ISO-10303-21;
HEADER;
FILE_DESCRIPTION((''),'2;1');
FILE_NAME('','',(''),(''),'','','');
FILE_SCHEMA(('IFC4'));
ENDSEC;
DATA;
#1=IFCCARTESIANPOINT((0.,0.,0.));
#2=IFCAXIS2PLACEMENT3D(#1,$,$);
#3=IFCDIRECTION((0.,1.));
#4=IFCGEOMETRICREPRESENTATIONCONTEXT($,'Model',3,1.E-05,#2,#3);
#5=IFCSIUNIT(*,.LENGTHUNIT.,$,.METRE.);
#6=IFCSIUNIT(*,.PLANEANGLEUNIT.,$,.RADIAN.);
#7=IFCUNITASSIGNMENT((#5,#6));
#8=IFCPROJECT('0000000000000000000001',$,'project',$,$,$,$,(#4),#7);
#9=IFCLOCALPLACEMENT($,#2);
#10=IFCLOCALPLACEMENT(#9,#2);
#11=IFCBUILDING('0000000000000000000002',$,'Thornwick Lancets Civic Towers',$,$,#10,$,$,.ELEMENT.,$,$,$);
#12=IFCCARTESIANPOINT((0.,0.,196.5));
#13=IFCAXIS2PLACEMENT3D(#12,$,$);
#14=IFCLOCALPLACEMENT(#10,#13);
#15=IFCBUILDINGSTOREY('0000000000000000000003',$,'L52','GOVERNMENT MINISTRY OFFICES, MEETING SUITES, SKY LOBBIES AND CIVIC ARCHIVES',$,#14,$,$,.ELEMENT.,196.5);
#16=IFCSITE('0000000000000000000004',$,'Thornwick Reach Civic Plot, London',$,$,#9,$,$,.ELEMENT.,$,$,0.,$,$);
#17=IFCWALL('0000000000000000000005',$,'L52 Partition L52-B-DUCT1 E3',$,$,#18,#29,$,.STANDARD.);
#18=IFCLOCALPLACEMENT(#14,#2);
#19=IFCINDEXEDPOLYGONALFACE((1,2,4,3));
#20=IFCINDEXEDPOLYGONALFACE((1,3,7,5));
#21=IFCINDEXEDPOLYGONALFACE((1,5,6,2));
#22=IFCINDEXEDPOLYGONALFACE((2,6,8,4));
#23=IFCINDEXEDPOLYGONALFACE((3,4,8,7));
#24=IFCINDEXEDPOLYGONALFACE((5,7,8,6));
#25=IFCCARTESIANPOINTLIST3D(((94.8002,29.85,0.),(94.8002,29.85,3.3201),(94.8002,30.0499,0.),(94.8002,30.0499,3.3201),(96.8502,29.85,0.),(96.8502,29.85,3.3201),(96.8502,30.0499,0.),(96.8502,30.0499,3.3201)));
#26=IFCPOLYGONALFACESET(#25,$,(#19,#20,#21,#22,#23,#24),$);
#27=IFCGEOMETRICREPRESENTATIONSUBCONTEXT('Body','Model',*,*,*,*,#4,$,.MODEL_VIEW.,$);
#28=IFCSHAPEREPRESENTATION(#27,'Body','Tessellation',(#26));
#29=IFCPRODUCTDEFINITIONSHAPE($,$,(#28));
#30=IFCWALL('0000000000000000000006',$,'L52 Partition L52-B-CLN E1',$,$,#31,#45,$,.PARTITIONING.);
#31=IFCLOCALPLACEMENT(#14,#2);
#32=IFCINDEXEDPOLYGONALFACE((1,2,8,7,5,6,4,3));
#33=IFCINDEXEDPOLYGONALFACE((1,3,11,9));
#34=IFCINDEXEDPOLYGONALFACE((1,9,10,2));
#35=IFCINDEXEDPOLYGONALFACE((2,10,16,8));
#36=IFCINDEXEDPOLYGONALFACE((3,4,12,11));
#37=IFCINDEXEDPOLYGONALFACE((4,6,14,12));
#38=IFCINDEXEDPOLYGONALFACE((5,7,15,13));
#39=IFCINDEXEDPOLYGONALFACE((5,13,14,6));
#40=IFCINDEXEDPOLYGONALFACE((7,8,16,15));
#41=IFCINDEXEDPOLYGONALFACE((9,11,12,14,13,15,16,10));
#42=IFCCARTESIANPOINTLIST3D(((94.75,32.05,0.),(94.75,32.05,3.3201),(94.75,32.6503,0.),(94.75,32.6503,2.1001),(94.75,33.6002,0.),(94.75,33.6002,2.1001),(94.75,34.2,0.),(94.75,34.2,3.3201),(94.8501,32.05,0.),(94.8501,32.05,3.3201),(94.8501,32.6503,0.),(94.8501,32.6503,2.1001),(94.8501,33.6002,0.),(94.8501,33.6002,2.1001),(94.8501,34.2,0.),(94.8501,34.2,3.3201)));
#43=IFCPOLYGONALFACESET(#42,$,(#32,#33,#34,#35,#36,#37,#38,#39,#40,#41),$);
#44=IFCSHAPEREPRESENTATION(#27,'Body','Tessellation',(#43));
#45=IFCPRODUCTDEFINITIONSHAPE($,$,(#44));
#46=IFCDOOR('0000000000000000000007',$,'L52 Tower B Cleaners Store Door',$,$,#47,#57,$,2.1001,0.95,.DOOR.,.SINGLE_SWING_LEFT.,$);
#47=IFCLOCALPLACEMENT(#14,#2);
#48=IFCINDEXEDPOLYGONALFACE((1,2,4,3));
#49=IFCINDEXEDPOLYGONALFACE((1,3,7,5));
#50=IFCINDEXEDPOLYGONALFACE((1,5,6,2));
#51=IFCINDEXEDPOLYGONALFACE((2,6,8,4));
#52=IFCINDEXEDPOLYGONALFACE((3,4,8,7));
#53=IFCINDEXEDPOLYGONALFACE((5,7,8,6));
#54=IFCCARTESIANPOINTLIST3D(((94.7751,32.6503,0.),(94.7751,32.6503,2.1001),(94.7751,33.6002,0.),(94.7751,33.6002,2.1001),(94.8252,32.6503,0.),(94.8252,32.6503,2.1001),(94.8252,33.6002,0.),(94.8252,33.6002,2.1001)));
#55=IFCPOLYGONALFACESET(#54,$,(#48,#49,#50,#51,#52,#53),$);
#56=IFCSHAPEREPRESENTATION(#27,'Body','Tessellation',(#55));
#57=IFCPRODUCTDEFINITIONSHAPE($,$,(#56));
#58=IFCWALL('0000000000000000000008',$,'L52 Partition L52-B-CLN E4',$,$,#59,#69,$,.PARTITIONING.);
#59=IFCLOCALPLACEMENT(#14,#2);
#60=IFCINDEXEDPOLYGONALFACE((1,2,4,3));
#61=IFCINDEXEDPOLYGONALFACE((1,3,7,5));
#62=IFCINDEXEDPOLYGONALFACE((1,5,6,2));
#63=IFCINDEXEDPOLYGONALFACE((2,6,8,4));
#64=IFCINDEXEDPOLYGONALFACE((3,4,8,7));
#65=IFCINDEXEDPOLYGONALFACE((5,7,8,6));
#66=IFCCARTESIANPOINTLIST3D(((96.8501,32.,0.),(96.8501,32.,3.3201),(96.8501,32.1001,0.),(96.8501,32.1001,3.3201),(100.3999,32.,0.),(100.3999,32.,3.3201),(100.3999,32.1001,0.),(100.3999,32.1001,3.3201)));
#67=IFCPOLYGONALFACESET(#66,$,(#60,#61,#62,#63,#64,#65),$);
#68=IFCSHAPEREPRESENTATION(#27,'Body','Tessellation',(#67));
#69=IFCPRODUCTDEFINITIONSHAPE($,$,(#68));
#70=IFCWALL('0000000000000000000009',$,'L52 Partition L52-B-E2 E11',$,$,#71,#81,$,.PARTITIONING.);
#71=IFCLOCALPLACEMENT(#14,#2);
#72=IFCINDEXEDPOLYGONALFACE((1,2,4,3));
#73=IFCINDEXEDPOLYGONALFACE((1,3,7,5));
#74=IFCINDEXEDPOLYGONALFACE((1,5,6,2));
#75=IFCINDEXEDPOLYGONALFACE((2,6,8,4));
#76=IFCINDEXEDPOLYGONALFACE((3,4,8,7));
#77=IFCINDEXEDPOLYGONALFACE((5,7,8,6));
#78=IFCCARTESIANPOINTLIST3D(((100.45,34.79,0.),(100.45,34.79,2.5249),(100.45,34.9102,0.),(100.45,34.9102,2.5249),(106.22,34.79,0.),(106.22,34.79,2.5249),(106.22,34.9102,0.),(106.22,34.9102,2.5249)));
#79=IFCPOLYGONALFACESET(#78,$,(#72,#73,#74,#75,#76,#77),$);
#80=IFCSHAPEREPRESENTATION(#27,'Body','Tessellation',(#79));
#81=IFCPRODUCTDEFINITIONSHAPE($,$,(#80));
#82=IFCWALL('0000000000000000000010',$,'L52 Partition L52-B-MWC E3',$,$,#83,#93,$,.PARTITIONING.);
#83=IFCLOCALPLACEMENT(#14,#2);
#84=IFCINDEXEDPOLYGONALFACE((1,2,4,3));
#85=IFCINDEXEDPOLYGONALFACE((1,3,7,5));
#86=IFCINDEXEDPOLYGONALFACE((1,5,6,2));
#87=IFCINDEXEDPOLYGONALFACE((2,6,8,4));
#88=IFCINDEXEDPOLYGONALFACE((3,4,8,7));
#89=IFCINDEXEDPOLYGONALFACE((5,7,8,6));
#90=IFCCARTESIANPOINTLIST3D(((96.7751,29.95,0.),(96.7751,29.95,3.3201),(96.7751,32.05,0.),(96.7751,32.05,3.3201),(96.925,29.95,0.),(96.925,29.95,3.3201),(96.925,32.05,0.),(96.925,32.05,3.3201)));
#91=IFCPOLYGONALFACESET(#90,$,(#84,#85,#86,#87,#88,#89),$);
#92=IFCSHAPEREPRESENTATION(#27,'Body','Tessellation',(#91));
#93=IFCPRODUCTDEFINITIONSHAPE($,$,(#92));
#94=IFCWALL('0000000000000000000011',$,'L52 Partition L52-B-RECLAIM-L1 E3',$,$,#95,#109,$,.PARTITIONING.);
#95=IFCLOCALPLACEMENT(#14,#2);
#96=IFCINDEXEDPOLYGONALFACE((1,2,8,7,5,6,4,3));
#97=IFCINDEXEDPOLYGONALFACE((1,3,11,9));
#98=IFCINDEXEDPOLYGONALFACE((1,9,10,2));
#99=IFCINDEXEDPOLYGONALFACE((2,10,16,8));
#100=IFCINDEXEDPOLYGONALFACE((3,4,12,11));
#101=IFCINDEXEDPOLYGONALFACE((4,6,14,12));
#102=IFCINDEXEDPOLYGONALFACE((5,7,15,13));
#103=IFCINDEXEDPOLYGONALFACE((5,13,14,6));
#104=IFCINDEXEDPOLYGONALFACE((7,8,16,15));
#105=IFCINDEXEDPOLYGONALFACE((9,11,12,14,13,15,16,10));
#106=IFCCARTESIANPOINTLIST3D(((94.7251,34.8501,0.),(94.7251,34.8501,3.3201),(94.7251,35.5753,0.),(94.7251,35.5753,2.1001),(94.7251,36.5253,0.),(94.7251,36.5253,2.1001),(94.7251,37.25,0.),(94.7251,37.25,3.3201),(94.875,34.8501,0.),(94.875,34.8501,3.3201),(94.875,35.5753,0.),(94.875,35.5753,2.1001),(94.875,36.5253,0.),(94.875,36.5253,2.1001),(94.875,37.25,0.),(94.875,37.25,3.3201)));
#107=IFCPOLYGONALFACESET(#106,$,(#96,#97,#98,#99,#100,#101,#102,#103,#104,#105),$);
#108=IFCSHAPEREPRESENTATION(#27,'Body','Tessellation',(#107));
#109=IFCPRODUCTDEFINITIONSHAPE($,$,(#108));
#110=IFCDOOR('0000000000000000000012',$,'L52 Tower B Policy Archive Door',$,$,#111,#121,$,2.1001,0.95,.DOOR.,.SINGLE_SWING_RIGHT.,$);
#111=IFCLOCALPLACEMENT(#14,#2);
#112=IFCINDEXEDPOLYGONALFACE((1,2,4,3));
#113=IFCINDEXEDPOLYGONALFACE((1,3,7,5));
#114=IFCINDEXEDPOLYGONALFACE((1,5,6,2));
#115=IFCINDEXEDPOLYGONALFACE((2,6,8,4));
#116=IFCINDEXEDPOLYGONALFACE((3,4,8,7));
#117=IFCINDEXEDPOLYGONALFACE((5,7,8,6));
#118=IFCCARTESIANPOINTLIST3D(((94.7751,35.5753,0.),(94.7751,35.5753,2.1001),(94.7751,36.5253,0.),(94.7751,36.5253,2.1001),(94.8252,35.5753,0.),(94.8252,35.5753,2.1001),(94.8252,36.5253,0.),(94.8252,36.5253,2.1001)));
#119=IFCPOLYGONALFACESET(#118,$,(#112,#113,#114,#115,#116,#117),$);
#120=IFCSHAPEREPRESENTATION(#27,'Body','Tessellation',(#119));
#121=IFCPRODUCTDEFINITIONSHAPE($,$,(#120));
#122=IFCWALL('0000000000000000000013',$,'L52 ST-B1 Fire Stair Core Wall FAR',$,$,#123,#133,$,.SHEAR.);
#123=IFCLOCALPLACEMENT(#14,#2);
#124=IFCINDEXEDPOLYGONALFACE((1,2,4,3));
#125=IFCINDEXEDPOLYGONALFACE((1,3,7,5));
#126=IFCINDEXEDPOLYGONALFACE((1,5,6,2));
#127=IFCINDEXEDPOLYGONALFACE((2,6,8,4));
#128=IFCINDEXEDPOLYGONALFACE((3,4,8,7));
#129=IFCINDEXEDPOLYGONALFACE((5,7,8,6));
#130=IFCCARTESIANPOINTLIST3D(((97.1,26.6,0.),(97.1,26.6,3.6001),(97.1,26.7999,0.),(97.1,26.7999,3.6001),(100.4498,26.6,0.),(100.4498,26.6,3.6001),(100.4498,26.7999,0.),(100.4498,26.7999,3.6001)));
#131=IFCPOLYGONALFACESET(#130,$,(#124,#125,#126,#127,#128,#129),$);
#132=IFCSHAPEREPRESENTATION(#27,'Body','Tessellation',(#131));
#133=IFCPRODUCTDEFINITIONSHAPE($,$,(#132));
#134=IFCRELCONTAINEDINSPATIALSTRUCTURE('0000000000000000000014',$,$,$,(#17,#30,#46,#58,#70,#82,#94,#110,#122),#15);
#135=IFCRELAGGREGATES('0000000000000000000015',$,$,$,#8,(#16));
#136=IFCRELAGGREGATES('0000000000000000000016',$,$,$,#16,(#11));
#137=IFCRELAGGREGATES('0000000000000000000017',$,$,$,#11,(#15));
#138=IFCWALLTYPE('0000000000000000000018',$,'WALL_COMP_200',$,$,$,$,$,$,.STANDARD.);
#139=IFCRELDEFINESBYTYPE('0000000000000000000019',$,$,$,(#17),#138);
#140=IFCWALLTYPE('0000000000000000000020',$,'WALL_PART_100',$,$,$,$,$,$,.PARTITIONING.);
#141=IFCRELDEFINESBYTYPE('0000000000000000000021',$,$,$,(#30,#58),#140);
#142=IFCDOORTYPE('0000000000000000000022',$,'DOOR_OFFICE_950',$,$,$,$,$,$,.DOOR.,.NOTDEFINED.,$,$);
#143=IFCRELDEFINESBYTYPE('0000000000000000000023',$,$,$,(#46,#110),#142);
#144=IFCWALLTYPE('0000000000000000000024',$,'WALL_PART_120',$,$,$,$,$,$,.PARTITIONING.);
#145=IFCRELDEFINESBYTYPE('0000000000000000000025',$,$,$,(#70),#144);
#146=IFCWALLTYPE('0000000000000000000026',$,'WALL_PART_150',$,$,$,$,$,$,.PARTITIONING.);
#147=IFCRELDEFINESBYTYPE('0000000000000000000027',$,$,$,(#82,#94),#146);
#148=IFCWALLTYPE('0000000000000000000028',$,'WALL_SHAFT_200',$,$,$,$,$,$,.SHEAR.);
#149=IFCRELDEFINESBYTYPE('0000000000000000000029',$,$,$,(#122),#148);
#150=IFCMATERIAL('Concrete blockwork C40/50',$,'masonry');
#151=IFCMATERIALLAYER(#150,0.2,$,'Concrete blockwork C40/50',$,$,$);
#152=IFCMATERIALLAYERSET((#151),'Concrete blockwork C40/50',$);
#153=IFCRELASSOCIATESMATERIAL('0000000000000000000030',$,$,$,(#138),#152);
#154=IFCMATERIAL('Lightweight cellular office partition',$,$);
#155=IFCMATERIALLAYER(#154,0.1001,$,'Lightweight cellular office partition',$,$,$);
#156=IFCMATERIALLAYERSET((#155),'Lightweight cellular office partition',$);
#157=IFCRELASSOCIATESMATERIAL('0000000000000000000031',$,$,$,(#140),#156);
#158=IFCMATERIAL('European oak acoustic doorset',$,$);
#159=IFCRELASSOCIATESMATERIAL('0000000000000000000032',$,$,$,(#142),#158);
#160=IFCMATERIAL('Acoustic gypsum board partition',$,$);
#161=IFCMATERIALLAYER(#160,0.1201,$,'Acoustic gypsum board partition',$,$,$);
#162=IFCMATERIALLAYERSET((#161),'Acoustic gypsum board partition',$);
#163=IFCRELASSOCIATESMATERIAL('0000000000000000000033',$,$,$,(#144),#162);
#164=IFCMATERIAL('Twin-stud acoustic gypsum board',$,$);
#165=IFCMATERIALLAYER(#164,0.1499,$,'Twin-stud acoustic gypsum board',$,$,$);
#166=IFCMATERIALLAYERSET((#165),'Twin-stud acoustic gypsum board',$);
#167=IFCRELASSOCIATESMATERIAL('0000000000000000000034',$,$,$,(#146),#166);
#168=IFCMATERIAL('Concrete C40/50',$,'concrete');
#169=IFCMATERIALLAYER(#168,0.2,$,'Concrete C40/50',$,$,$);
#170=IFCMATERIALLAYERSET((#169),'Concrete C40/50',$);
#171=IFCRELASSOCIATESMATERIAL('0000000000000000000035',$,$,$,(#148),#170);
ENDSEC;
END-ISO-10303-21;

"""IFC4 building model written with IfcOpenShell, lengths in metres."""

from ifc_helpers import new_model, si_unit, direction, frame, frame_2d, origin, place, context, subcontext, project, spatial, rectangle, extrude, material, layer, layer_set, type_object, element, fill, save


model = new_model("IFC4")

# Units and contexts
model_context = context("Model", 3, precision=1e-05, world=origin(), true_north=direction((0.0, 1.0)))
body_context = subcontext(model_context, "Body", "Model", "MODEL_VIEW")
ifc_project = project(units=[si_unit("LENGTHUNIT", "METRE"), si_unit("PLANEANGLEUNIT", "RADIAN")], contexts=[model_context])

# Site, building, storey
site_placement = place(None, origin())
site = spatial("IfcSite", under=ifc_project, at=site_placement, Name="Thornwick Reach Civic Plot, London", CompositionType="ELEMENT", RefElevation=0.0)
building_placement = place(site_placement, origin())
building = spatial("IfcBuilding", under=site, at=building_placement, Name="Thornwick Lancets Civic Towers", CompositionType="ELEMENT")
storey_placement = place(building_placement, frame((0.0, 0.0, 196.5)))
storey = spatial("IfcBuildingStorey", under=building, at=storey_placement, Name="L52", Description="GOVERNMENT MINISTRY OFFICES, MEETING SUITES, SKY LOBBIES AND CIVIC ARCHIVES", CompositionType="ELEMENT", Elevation=196.5)

# Shared definitions
ifc_material_1 = material(Name="Concrete blockwork C40/50", Category="masonry")
ifc_layer_1 = layer(ifc_material_1, 0.2, Name="Concrete blockwork C40/50")
ifc_layer_set_1 = layer_set([ifc_layer_1], Name="Concrete blockwork C40/50")
wall_type_1 = type_object("IfcWallType", Name="WALL_COMP_200", PredefinedType="STANDARD", material=ifc_layer_set_1)

# Wall
wall_1_placement = place(storey_placement, frame((96.8501, 29.95, 0.0), z_axis=(0.0, 0.0, 1.0), x_axis=(-1.0, 0.0, 0.0)))
element("IfcWall", 1, at=wall_1_placement, inside=storey, type_object=wall_type_1, Name="L52 Partition L52-B-DUCT1 E3", PredefinedType="STANDARD", context=body_context, shape_type="SweptSolid", body=[
    extrude(rectangle(XDim=2.05, YDim=0.2, at=frame_2d((1.0249, 0.0))), origin(), (0.0, 0.0, 1.0), 3.3201),
])

# Wall, opening, door
ifc_material_2 = material(Name="Lightweight cellular office partition")
ifc_layer_2 = layer(ifc_material_2, 0.1001, Name="Lightweight cellular office partition")
ifc_layer_set_2 = layer_set([ifc_layer_2], Name="Lightweight cellular office partition")
wall_type_2 = type_object("IfcWallType", Name="WALL_PART_100", PredefinedType="PARTITIONING", material=ifc_layer_set_2)
wall_2_placement = place(storey_placement, frame((94.8, 32.05, 0.0), z_axis=(0.0, 0.0, 1.0), x_axis=(0.0, 1.0, 0.0)))
wall_2 = element("IfcWall", 2, at=wall_2_placement, inside=storey, type_object=wall_type_2, Name="L52 Partition L52-B-CLN E1", PredefinedType="PARTITIONING", context=body_context, shape_type="SweptSolid", body=[
    extrude(rectangle(XDim=2.1499, YDim=0.1001, at=frame_2d((1.075, 0.0))), origin(), (0.0, 0.0, 1.0), 3.3201),
])
opening_1_placement = place(wall_2_placement, frame((0.6001, 0.0, 0.0)))
opening_1 = element("IfcOpeningElement", 3, at=opening_1_placement, cuts=wall_2, PredefinedType="OPENING", context=body_context, shape_type="SweptSolid", body=[
    extrude(rectangle(XDim=0.95, YDim=2.1001, at=frame_2d((0.4751, 1.05))), frame((0.0, 0.0601, 0.0), z_axis=(0.0, -1.0, 0.0), x_axis=(1.0, 0.0, 0.0)), (0.0, 0.0, 1.0), 0.1201),
])
ifc_material_3 = material(Name="European oak acoustic doorset")
door_type_1 = type_object("IfcDoorType", Name="DOOR_OFFICE_950", OperationType="NOTDEFINED", PredefinedType="DOOR", material=ifc_material_3)
door_1_placement = place(opening_1_placement, origin())
door_1 = element("IfcDoor", 4, at=door_1_placement, inside=storey, type_object=door_type_1, Name="L52 Tower B Cleaners Store Door", OperationType="SINGLE_SWING_LEFT", OverallHeight=2.1001, OverallWidth=0.95, PredefinedType="DOOR", context=body_context, shape_type="SweptSolid", body=[
    extrude(rectangle(XDim=0.95, YDim=2.1001, at=frame_2d((0.4751, 1.05))), frame((0.0, 0.0249, 0.0), z_axis=(0.0, -1.0, 0.0), x_axis=(1.0, 0.0, 0.0)), (0.0, 0.0, 1.0), 0.05),
])
fill(opening_1, door_1)

# Walls
wall_3_placement = place(storey_placement, frame((100.3999, 32.05, 0.0), z_axis=(0.0, 0.0, 1.0), x_axis=(-1.0, 0.0, 0.0)))
element("IfcWall", 5, at=wall_3_placement, inside=storey, type_object=wall_type_2, Name="L52 Partition L52-B-CLN E4", PredefinedType="PARTITIONING", context=body_context, shape_type="SweptSolid", body=[
    extrude(rectangle(XDim=3.5498, YDim=0.1001, at=frame_2d((1.7749, 0.0))), origin(), (0.0, 0.0, 1.0), 3.3201),
])
ifc_material_4 = material(Name="Acoustic gypsum board partition")
ifc_layer_3 = layer(ifc_material_4, 0.1201, Name="Acoustic gypsum board partition")
ifc_layer_set_3 = layer_set([ifc_layer_3], Name="Acoustic gypsum board partition")
wall_type_3 = type_object("IfcWallType", Name="WALL_PART_120", PredefinedType="PARTITIONING", material=ifc_layer_set_3)
wall_4_placement = place(storey_placement, frame((106.22, 34.8501, 0.0), z_axis=(0.0, 0.0, 1.0), x_axis=(-1.0, 0.0, 0.0)))
element("IfcWall", 6, at=wall_4_placement, inside=storey, type_object=wall_type_3, Name="L52 Partition L52-B-E2 E11", PredefinedType="PARTITIONING", context=body_context, shape_type="SweptSolid", body=[
    extrude(rectangle(XDim=5.77, YDim=0.1201, at=frame_2d((2.885, 0.0))), origin(), (0.0, 0.0, 1.0), 2.5249),
])
ifc_material_5 = material(Name="Twin-stud acoustic gypsum board")
ifc_layer_4 = layer(ifc_material_5, 0.1499, Name="Twin-stud acoustic gypsum board")
ifc_layer_set_4 = layer_set([ifc_layer_4], Name="Twin-stud acoustic gypsum board")
wall_type_4 = type_object("IfcWallType", Name="WALL_PART_150", PredefinedType="PARTITIONING", material=ifc_layer_set_4)
wall_5_placement = place(storey_placement, frame((96.8501, 32.05, 0.0), z_axis=(0.0, 0.0, 1.0), x_axis=(0.0, -1.0, 0.0)))
element("IfcWall", 7, at=wall_5_placement, inside=storey, type_object=wall_type_4, Name="L52 Partition L52-B-MWC E3", PredefinedType="PARTITIONING", context=body_context, shape_type="SweptSolid", body=[
    extrude(rectangle(XDim=2.1001, YDim=0.1499, at=frame_2d((1.05, 0.0))), origin(), (0.0, 0.0, 1.0), 3.3201),
])

# Wall, opening, door
wall_6_placement = place(storey_placement, frame((94.8, 34.8501, 0.0), z_axis=(0.0, 0.0, 1.0), x_axis=(0.0, 1.0, 0.0)))
wall_6 = element("IfcWall", 8, at=wall_6_placement, inside=storey, type_object=wall_type_4, Name="L52 Partition L52-B-RECLAIM-L1 E3", PredefinedType="PARTITIONING", context=body_context, shape_type="SweptSolid", body=[
    extrude(rectangle(XDim=2.3999, YDim=0.1499, at=frame_2d((1.2, 0.0))), origin(), (0.0, 0.0, 1.0), 3.3201),
])
opening_2_placement = place(wall_6_placement, frame((0.7251, 0.0, 0.0)))
opening_2 = element("IfcOpeningElement", 9, at=opening_2_placement, cuts=wall_6, PredefinedType="OPENING", context=body_context, shape_type="SweptSolid", body=[
    extrude(rectangle(XDim=0.95, YDim=2.1001, at=frame_2d((0.4751, 1.05))), frame((0.0, 0.085, 0.0), z_axis=(0.0, -1.0, 0.0), x_axis=(1.0, 0.0, 0.0)), (0.0, 0.0, 1.0), 0.1699),
])
door_2_placement = place(opening_2_placement, origin())
door_2 = element("IfcDoor", 10, at=door_2_placement, inside=storey, type_object=door_type_1, Name="L52 Tower B Policy Archive Door", OperationType="SINGLE_SWING_RIGHT", OverallHeight=2.1001, OverallWidth=0.95, PredefinedType="DOOR", context=body_context, shape_type="SweptSolid", body=[
    extrude(rectangle(XDim=0.95, YDim=2.1001, at=frame_2d((0.4751, 1.05))), frame((0.0, 0.0249, 0.0), z_axis=(0.0, -1.0, 0.0), x_axis=(1.0, 0.0, 0.0)), (0.0, 0.0, 1.0), 0.05),
])
fill(opening_2, door_2)

# Wall
ifc_material_6 = material(Name="Concrete C40/50", Category="concrete")
ifc_layer_5 = layer(ifc_material_6, 0.2, Name="Concrete C40/50")
ifc_layer_set_5 = layer_set([ifc_layer_5], Name="Concrete C40/50")
wall_type_5 = type_object("IfcWallType", Name="WALL_SHAFT_200", PredefinedType="SHEAR", material=ifc_layer_set_5)
wall_7_placement = place(storey_placement, frame((97.1001, 26.7, 0.0), z_axis=(0.0, 0.0, 1.0), x_axis=(1.0, 0.0, 0.0)))
element("IfcWall", 11, at=wall_7_placement, inside=storey, type_object=wall_type_5, Name="L52 ST-B1 Fire Stair Core Wall FAR", PredefinedType="SHEAR", context=body_context, shape_type="SweptSolid", body=[
    extrude(rectangle(XDim=3.3499, YDim=0.2, at=frame_2d((1.6748, 0.0))), origin(), (0.0, 0.0, 1.0), 3.6001),
])

save(model, "model.ifc")
